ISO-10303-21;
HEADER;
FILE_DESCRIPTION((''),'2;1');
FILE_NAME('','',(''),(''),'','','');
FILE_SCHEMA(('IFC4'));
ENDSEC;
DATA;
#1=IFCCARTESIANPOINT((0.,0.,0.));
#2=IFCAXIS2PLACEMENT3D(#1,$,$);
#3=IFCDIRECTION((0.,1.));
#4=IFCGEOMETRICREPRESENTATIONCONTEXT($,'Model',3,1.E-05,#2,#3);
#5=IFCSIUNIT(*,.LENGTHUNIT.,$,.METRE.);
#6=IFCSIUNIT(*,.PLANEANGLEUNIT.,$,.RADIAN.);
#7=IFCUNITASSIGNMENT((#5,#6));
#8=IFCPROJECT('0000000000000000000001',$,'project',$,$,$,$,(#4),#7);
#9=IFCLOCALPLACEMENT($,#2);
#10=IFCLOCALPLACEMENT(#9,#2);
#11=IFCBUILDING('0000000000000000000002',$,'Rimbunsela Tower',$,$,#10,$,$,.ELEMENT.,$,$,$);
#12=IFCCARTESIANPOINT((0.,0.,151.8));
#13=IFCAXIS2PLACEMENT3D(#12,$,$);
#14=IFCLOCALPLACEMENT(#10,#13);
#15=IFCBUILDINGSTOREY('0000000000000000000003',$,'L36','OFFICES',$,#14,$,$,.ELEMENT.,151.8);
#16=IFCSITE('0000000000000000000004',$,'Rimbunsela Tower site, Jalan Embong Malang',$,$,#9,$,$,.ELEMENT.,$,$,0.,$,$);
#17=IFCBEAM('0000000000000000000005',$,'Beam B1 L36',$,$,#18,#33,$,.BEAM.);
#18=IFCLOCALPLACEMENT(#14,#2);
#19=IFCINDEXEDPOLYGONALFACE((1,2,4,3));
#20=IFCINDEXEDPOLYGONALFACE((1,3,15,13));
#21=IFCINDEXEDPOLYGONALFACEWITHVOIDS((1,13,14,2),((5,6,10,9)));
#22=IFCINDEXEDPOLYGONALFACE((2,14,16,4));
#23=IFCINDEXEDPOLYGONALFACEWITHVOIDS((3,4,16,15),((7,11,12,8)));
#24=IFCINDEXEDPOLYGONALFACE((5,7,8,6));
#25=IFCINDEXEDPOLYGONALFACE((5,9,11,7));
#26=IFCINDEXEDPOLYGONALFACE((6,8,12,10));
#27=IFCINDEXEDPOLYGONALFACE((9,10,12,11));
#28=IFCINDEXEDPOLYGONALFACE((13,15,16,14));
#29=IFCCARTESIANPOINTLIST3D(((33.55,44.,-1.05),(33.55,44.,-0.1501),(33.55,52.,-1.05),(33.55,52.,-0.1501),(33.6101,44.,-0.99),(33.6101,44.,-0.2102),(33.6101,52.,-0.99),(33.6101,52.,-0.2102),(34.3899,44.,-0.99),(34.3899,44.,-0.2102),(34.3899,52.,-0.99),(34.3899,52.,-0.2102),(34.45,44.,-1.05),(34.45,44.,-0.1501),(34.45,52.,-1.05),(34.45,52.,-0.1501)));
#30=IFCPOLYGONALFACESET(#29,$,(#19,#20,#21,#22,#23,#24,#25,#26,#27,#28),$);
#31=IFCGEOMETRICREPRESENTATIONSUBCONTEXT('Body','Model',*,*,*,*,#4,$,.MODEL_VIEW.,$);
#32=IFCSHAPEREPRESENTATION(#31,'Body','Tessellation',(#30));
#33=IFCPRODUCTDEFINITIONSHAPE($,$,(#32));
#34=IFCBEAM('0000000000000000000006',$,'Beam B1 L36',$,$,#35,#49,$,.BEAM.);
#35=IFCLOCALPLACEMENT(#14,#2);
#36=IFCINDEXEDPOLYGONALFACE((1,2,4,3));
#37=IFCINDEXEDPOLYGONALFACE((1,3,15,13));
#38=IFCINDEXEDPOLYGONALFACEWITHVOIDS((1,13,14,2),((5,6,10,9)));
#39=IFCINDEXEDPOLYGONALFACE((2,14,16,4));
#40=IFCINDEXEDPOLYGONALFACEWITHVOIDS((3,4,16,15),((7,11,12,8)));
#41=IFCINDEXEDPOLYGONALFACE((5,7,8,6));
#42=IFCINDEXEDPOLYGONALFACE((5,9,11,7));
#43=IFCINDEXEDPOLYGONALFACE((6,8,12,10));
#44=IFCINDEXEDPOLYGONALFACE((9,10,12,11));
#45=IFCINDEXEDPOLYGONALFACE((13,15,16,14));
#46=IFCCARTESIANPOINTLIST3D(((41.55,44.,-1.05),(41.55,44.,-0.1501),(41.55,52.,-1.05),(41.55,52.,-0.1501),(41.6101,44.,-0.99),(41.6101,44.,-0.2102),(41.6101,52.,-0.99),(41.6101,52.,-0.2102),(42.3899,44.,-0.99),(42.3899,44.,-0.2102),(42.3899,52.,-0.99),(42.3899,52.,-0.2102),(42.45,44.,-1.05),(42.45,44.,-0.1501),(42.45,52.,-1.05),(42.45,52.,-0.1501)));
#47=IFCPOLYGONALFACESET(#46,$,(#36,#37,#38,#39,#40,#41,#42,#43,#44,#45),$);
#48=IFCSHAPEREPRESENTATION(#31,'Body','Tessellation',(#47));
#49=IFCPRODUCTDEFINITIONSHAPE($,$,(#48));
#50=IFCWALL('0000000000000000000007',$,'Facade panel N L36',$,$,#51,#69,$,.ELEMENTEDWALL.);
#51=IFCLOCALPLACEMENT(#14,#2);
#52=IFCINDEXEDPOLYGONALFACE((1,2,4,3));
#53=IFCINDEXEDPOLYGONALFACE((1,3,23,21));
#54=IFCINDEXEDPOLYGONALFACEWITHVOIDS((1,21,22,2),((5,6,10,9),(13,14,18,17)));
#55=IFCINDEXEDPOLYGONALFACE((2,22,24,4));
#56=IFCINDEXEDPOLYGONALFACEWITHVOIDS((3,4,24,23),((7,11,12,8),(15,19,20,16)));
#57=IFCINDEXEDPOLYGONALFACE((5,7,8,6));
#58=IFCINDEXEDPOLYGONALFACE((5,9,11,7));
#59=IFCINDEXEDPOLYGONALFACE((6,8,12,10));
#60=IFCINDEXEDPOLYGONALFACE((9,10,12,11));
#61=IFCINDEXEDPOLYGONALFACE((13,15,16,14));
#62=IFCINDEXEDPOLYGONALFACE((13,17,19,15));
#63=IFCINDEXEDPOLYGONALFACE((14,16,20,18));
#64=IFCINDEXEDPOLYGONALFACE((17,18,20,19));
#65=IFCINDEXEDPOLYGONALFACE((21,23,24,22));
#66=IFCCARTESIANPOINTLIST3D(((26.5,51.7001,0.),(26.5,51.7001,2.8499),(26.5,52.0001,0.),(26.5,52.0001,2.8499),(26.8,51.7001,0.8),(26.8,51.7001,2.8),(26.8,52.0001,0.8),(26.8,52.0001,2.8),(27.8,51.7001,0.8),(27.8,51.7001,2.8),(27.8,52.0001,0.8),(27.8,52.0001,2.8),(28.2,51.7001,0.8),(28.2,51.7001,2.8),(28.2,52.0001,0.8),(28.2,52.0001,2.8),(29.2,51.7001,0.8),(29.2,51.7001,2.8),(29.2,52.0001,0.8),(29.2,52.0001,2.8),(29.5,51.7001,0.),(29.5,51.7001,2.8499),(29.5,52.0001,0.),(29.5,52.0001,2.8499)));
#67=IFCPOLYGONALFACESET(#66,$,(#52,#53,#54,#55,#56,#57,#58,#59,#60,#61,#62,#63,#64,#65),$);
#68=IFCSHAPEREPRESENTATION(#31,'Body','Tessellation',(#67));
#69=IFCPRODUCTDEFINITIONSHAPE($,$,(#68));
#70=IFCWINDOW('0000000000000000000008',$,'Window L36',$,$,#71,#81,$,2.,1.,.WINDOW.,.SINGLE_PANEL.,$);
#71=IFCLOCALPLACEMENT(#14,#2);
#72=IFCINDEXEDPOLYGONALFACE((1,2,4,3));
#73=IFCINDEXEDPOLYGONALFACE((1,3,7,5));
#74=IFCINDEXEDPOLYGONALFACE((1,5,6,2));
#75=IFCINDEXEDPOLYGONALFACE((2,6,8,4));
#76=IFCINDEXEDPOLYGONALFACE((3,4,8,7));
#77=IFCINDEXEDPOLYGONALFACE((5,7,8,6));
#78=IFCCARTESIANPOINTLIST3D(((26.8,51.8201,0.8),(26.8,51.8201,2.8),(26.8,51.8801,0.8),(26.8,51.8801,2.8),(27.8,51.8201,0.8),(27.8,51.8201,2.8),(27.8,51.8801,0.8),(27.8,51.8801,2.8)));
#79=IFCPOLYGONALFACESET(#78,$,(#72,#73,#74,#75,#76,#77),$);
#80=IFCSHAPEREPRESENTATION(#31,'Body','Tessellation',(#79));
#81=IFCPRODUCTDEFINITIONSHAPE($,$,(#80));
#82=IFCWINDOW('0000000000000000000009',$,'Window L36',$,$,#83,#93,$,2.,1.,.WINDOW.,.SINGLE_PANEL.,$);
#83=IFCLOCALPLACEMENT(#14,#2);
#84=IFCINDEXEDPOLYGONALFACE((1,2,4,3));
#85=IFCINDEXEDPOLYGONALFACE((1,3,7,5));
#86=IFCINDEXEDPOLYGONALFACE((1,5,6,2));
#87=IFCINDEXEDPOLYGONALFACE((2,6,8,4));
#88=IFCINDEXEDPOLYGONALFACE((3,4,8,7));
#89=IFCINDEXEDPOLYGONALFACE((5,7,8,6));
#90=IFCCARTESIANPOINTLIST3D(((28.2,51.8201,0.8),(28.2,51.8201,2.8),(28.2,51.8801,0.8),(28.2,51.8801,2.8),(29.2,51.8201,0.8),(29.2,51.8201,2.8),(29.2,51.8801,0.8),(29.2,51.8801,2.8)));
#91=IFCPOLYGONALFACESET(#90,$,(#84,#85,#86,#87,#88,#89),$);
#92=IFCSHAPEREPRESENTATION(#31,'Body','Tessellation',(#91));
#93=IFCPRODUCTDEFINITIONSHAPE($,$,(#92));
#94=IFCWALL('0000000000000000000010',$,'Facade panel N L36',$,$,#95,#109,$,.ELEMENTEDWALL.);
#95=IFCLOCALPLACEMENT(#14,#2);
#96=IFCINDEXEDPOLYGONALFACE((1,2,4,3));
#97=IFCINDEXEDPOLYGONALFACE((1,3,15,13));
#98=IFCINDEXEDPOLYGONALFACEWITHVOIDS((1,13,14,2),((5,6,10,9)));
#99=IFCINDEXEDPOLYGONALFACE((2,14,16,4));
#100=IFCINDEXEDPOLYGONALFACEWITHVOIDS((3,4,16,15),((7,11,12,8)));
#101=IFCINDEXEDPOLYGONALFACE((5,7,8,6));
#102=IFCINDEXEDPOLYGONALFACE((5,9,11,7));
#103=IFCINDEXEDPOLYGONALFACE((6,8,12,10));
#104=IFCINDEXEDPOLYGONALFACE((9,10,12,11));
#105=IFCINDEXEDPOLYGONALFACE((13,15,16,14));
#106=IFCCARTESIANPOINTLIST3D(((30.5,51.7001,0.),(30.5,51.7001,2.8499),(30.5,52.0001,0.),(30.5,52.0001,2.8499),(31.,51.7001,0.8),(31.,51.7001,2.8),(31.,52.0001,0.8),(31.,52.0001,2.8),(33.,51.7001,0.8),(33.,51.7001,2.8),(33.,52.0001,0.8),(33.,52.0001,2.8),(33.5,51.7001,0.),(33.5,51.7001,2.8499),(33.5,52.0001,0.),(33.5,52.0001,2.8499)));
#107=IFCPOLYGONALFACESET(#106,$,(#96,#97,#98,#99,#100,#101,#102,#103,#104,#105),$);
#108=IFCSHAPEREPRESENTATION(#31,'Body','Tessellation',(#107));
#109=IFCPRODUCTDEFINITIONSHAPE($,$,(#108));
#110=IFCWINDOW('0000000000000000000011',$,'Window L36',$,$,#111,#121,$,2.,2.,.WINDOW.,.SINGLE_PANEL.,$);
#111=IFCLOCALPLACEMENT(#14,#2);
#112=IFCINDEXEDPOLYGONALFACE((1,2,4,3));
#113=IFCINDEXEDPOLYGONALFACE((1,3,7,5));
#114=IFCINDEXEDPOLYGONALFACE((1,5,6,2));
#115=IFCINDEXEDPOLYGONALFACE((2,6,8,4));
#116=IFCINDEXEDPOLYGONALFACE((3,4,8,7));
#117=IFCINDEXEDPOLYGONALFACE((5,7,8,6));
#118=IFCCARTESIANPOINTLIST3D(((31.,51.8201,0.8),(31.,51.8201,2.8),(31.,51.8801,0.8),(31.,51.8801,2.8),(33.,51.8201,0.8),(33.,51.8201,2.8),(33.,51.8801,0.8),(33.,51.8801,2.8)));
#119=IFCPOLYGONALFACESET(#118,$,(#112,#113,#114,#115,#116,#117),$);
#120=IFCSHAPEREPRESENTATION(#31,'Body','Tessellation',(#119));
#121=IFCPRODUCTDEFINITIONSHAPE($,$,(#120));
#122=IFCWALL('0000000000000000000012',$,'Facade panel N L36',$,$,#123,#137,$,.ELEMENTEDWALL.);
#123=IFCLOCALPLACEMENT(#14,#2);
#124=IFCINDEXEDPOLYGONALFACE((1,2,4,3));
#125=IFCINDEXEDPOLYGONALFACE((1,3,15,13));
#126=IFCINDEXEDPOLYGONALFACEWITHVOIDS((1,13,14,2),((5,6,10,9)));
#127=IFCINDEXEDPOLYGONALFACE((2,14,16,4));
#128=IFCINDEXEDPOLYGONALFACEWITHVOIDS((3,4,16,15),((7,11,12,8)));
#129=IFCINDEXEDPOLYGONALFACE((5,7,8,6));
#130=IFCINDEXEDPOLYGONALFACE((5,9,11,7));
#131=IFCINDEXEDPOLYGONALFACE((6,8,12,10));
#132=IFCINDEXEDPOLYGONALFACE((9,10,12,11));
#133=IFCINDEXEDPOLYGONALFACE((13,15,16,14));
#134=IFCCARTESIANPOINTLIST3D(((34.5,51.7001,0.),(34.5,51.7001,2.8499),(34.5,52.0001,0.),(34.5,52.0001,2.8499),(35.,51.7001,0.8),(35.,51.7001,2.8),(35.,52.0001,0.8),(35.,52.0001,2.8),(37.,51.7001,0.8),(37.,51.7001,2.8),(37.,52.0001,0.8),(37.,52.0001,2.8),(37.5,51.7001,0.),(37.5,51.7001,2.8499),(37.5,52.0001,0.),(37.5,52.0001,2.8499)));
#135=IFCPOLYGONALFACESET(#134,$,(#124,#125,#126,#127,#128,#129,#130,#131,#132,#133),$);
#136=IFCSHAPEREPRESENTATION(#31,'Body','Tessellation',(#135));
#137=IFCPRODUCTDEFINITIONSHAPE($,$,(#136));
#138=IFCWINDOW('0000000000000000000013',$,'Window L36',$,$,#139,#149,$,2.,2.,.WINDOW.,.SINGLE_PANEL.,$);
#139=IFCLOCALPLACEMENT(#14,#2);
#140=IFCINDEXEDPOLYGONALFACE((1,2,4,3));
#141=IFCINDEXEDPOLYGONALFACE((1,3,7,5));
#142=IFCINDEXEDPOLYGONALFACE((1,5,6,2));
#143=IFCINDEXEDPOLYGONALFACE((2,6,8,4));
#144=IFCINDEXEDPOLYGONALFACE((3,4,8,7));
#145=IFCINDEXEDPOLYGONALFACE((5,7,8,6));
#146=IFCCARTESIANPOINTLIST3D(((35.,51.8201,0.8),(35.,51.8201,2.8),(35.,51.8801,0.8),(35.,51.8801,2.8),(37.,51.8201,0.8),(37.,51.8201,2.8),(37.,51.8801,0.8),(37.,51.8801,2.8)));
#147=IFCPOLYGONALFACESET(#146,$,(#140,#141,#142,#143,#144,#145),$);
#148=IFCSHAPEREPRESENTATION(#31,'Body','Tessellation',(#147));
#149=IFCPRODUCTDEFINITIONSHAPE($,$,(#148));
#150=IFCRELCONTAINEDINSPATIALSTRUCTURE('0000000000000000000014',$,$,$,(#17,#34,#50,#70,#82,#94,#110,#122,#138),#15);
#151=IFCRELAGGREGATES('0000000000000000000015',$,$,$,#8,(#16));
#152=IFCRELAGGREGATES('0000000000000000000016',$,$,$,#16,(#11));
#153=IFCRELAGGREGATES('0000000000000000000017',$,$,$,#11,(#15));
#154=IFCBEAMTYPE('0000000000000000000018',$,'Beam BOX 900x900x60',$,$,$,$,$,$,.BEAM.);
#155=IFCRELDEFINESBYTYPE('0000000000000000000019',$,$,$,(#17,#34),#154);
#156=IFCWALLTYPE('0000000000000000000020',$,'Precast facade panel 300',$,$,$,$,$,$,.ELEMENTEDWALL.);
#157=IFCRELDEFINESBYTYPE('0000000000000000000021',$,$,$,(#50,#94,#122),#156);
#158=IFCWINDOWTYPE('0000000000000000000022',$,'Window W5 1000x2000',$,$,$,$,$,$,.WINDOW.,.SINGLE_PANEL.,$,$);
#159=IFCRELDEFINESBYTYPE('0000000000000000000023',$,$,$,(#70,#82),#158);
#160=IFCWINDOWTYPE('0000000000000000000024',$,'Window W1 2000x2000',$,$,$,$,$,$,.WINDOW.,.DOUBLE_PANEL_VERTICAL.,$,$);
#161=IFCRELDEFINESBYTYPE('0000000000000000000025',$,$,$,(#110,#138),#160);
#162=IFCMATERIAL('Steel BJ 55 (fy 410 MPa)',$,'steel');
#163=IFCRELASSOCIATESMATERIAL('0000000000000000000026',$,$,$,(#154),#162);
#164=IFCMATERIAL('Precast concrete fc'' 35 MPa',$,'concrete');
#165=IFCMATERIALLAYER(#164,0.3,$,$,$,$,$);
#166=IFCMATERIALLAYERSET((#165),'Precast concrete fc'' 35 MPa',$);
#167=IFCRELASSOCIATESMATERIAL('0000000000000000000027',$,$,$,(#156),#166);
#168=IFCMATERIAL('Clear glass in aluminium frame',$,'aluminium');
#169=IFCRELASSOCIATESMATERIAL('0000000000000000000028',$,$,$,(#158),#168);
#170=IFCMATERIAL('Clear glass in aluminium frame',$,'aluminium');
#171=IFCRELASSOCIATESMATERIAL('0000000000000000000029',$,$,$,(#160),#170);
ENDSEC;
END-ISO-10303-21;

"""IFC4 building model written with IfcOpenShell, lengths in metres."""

from ifc_helpers import new_model, si_unit, direction, frame, frame_2d, origin, origin_2d, place, context, subcontext, project, spatial, rectangle, hollow_rectangle, extrude, material, layer, layer_set, material_profile, profile_set, type_object, element, fill, save


model = new_model("IFC4")

# Units and contexts
model_context = context("Model", 3, precision=1e-05, world=origin(), true_north=direction((0.0, 1.0)))
body_context = subcontext(model_context, "Body", "Model", "MODEL_VIEW")
ifc_project = project(units=[si_unit("LENGTHUNIT", "METRE"), si_unit("PLANEANGLEUNIT", "RADIAN")], contexts=[model_context])

# Site, building, storey
site_placement = place(None, origin())
site = spatial("IfcSite", under=ifc_project, at=site_placement, Name="Rimbunsela Tower site, Jalan Embong Malang", CompositionType="ELEMENT", RefElevation=0.0)
building_placement = place(site_placement, origin())
building = spatial("IfcBuilding", under=site, at=building_placement, Name="Rimbunsela Tower", CompositionType="ELEMENT")
storey_placement = place(building_placement, frame((0.0, 0.0, 151.8)))
storey = spatial("IfcBuildingStorey", under=building, at=storey_placement, Name="L36", Description="OFFICES", CompositionType="ELEMENT", Elevation=151.8)

# Beams
ifc_material_1 = material(Name="Steel BJ 55 (fy 410 MPa)", Category="steel")
ifc_material_profile_1 = material_profile(ifc_material_1, hollow_rectangle(XDim=0.8999, YDim=0.8999, WallThickness=0.0601, at=origin_2d()), Name="BOX 900x900x60")
ifc_profile_set_1 = profile_set([ifc_material_profile_1], Name="Steel BJ 55 (fy 410 MPa)")
beam_type_1 = type_object("IfcBeamType", Name="Beam BOX 900x900x60", PredefinedType="BEAM", material=ifc_profile_set_1)
for number, where, z_axis, x_axis, name in (
    (1, (34.0, 44.0, -0.6001), (0.0, 1.0, 0.0), (-1.0, 0.0, 0.0), "Beam B1 L36"),
    (2, (42.0, 44.0, -0.6001), (0.0, 1.0, 0.0), (-1.0, 0.0, 0.0), "Beam B1 L36"),
):
    element("IfcBeam", number, at=place(storey_placement, frame(where, z_axis=z_axis, x_axis=x_axis)), inside=storey, type_object=beam_type_1, Name=name, PredefinedType="BEAM", context=body_context, shape_type="SweptSolid", body=[
        extrude(hollow_rectangle(XDim=0.8999, YDim=0.8999, WallThickness=0.0601, at=origin_2d()), origin(), (0.0, 0.0, 1.0), 8.0),
    ])

# Wall, openings, windows
ifc_material_2 = material(Name="Precast concrete fc' 35 MPa", Category="concrete")
ifc_layer_1 = layer(ifc_material_2, 0.3)
ifc_layer_set_1 = layer_set([ifc_layer_1], Name="Precast concrete fc' 35 MPa")
wall_type_1 = type_object("IfcWallType", Name="Precast facade panel 300", PredefinedType="ELEMENTEDWALL", material=ifc_layer_set_1)
wall_1_placement = place(storey_placement, frame((29.5, 51.8501, 0.0), z_axis=(0.0, 0.0, 1.0), x_axis=(-1.0, 0.0, 0.0)))
wall_1 = element("IfcWall", 3, at=wall_1_placement, inside=storey, type_object=wall_type_1, Name="Facade panel N L36", PredefinedType="ELEMENTEDWALL", context=body_context, shape_type="SweptSolid", body=[
    extrude(rectangle(XDim=3.0, YDim=0.3, at=frame_2d((1.5, 0.0))), origin(), (0.0, 0.0, 1.0), 2.8499),
])
opening_1_placement = place(wall_1_placement, frame((1.7, 0.0, 0.8)))
opening_1 = element("IfcOpeningElement", 4, at=opening_1_placement, cuts=wall_1, PredefinedType="OPENING", context=body_context, shape_type="SweptSolid", body=[
    extrude(rectangle(XDim=1.0, YDim=2.0, at=frame_2d((0.5, 1.0))), frame((0.0, 0.1599, 0.0), z_axis=(0.0, -1.0, 0.0), x_axis=(1.0, 0.0, 0.0)), (0.0, 0.0, 1.0), 0.3201),
])
opening_2_placement = place(wall_1_placement, frame((0.3, 0.0, 0.8)))
opening_2 = element("IfcOpeningElement", 5, at=opening_2_placement, cuts=wall_1, PredefinedType="OPENING", context=body_context, shape_type="SweptSolid", body=[
    extrude(rectangle(XDim=1.0, YDim=2.0, at=frame_2d((0.5, 1.0))), frame((0.0, 0.1599, 0.0), z_axis=(0.0, -1.0, 0.0), x_axis=(1.0, 0.0, 0.0)), (0.0, 0.0, 1.0), 0.3201),
])
ifc_material_3 = material(Name="Clear glass in aluminium frame", Category="aluminium")
window_type_1 = type_object("IfcWindowType", Name="Window W5 1000x2000", PartitioningType="SINGLE_PANEL", PredefinedType="WINDOW", material=ifc_material_3)
window_1_placement = place(opening_1_placement, origin())
window_1 = element("IfcWindow", 6, at=window_1_placement, inside=storey, type_object=window_type_1, Name="Window L36", OverallHeight=2.0, OverallWidth=1.0, PartitioningType="SINGLE_PANEL", PredefinedType="WINDOW", context=body_context, shape_type="SweptSolid", body=[
    extrude(rectangle(XDim=1.0, YDim=2.0, at=frame_2d((0.5, 1.0))), frame((0.0, 0.03, 0.0), z_axis=(0.0, -1.0, 0.0), x_axis=(1.0, 0.0, 0.0)), (0.0, 0.0, 1.0), 0.0601),
])
fill(opening_1, window_1)
window_2_placement = place(opening_2_placement, origin())
window_2 = element("IfcWindow", 7, at=window_2_placement, inside=storey, type_object=window_type_1, Name="Window L36", OverallHeight=2.0, OverallWidth=1.0, PartitioningType="SINGLE_PANEL", PredefinedType="WINDOW", context=body_context, shape_type="SweptSolid", body=[
    extrude(rectangle(XDim=1.0, YDim=2.0, at=frame_2d((0.5, 1.0))), frame((0.0, 0.03, 0.0), z_axis=(0.0, -1.0, 0.0), x_axis=(1.0, 0.0, 0.0)), (0.0, 0.0, 1.0), 0.0601),
])
fill(opening_2, window_2)

# Walls, openings, windows
wall_2_placement = place(storey_placement, frame((33.5, 51.8501, 0.0), z_axis=(0.0, 0.0, 1.0), x_axis=(-1.0, 0.0, 0.0)))
wall_2 = element("IfcWall", 8, at=wall_2_placement, inside=storey, type_object=wall_type_1, Name="Facade panel N L36", PredefinedType="ELEMENTEDWALL", context=body_context, shape_type="SweptSolid", body=[
    extrude(rectangle(XDim=3.0, YDim=0.3, at=frame_2d((1.5, 0.0))), origin(), (0.0, 0.0, 1.0), 2.8499),
])
opening_3_placement = place(wall_2_placement, frame((0.5, 0.0, 0.8)))
opening_3 = element("IfcOpeningElement", 9, at=opening_3_placement, cuts=wall_2, PredefinedType="OPENING", context=body_context, shape_type="SweptSolid", body=[
    extrude(rectangle(XDim=2.0, YDim=2.0, at=frame_2d((1.0, 1.0))), frame((0.0, 0.1599, 0.0), z_axis=(0.0, -1.0, 0.0), x_axis=(1.0, 0.0, 0.0)), (0.0, 0.0, 1.0), 0.3201),
])
ifc_material_4 = material(Name="Clear glass in aluminium frame", Category="aluminium")
window_type_2 = type_object("IfcWindowType", Name="Window W1 2000x2000", PartitioningType="DOUBLE_PANEL_VERTICAL", PredefinedType="WINDOW", material=ifc_material_4)
window_3_placement = place(opening_3_placement, origin())
window_3 = element("IfcWindow", 10, at=window_3_placement, inside=storey, type_object=window_type_2, Name="Window L36", OverallHeight=2.0, OverallWidth=2.0, PartitioningType="SINGLE_PANEL", PredefinedType="WINDOW", context=body_context, shape_type="SweptSolid", body=[
    extrude(rectangle(XDim=2.0, YDim=2.0, at=frame_2d((1.0, 1.0))), frame((0.0, 0.03, 0.0), z_axis=(0.0, -1.0, 0.0), x_axis=(1.0, 0.0, 0.0)), (0.0, 0.0, 1.0), 0.0601),
])
fill(opening_3, window_3)
wall_3_placement = place(storey_placement, frame((37.5, 51.8501, 0.0), z_axis=(0.0, 0.0, 1.0), x_axis=(-1.0, 0.0, 0.0)))
wall_3 = element("IfcWall", 11, at=wall_3_placement, inside=storey, type_object=wall_type_1, Name="Facade panel N L36", PredefinedType="ELEMENTEDWALL", context=body_context, shape_type="SweptSolid", body=[
    extrude(rectangle(XDim=3.0, YDim=0.3, at=frame_2d((1.5, 0.0))), origin(), (0.0, 0.0, 1.0), 2.8499),
])
opening_4_placement = place(wall_3_placement, frame((0.5, 0.0, 0.8)))
opening_4 = element("IfcOpeningElement", 12, at=opening_4_placement, cuts=wall_3, PredefinedType="OPENING", context=body_context, shape_type="SweptSolid", body=[
    extrude(rectangle(XDim=2.0, YDim=2.0, at=frame_2d((1.0, 1.0))), frame((0.0, 0.1599, 0.0), z_axis=(0.0, -1.0, 0.0), x_axis=(1.0, 0.0, 0.0)), (0.0, 0.0, 1.0), 0.3201),
])
window_4_placement = place(opening_4_placement, origin())
window_4 = element("IfcWindow", 13, at=window_4_placement, inside=storey, type_object=window_type_2, Name="Window L36", OverallHeight=2.0, OverallWidth=2.0, PartitioningType="SINGLE_PANEL", PredefinedType="WINDOW", context=body_context, shape_type="SweptSolid", body=[
    extrude(rectangle(XDim=2.0, YDim=2.0, at=frame_2d((1.0, 1.0))), frame((0.0, 0.03, 0.0), z_axis=(0.0, -1.0, 0.0), x_axis=(1.0, 0.0, 0.0)), (0.0, 0.0, 1.0), 0.0601),
])
fill(opening_4, window_4)

save(model, "model.ifc")
